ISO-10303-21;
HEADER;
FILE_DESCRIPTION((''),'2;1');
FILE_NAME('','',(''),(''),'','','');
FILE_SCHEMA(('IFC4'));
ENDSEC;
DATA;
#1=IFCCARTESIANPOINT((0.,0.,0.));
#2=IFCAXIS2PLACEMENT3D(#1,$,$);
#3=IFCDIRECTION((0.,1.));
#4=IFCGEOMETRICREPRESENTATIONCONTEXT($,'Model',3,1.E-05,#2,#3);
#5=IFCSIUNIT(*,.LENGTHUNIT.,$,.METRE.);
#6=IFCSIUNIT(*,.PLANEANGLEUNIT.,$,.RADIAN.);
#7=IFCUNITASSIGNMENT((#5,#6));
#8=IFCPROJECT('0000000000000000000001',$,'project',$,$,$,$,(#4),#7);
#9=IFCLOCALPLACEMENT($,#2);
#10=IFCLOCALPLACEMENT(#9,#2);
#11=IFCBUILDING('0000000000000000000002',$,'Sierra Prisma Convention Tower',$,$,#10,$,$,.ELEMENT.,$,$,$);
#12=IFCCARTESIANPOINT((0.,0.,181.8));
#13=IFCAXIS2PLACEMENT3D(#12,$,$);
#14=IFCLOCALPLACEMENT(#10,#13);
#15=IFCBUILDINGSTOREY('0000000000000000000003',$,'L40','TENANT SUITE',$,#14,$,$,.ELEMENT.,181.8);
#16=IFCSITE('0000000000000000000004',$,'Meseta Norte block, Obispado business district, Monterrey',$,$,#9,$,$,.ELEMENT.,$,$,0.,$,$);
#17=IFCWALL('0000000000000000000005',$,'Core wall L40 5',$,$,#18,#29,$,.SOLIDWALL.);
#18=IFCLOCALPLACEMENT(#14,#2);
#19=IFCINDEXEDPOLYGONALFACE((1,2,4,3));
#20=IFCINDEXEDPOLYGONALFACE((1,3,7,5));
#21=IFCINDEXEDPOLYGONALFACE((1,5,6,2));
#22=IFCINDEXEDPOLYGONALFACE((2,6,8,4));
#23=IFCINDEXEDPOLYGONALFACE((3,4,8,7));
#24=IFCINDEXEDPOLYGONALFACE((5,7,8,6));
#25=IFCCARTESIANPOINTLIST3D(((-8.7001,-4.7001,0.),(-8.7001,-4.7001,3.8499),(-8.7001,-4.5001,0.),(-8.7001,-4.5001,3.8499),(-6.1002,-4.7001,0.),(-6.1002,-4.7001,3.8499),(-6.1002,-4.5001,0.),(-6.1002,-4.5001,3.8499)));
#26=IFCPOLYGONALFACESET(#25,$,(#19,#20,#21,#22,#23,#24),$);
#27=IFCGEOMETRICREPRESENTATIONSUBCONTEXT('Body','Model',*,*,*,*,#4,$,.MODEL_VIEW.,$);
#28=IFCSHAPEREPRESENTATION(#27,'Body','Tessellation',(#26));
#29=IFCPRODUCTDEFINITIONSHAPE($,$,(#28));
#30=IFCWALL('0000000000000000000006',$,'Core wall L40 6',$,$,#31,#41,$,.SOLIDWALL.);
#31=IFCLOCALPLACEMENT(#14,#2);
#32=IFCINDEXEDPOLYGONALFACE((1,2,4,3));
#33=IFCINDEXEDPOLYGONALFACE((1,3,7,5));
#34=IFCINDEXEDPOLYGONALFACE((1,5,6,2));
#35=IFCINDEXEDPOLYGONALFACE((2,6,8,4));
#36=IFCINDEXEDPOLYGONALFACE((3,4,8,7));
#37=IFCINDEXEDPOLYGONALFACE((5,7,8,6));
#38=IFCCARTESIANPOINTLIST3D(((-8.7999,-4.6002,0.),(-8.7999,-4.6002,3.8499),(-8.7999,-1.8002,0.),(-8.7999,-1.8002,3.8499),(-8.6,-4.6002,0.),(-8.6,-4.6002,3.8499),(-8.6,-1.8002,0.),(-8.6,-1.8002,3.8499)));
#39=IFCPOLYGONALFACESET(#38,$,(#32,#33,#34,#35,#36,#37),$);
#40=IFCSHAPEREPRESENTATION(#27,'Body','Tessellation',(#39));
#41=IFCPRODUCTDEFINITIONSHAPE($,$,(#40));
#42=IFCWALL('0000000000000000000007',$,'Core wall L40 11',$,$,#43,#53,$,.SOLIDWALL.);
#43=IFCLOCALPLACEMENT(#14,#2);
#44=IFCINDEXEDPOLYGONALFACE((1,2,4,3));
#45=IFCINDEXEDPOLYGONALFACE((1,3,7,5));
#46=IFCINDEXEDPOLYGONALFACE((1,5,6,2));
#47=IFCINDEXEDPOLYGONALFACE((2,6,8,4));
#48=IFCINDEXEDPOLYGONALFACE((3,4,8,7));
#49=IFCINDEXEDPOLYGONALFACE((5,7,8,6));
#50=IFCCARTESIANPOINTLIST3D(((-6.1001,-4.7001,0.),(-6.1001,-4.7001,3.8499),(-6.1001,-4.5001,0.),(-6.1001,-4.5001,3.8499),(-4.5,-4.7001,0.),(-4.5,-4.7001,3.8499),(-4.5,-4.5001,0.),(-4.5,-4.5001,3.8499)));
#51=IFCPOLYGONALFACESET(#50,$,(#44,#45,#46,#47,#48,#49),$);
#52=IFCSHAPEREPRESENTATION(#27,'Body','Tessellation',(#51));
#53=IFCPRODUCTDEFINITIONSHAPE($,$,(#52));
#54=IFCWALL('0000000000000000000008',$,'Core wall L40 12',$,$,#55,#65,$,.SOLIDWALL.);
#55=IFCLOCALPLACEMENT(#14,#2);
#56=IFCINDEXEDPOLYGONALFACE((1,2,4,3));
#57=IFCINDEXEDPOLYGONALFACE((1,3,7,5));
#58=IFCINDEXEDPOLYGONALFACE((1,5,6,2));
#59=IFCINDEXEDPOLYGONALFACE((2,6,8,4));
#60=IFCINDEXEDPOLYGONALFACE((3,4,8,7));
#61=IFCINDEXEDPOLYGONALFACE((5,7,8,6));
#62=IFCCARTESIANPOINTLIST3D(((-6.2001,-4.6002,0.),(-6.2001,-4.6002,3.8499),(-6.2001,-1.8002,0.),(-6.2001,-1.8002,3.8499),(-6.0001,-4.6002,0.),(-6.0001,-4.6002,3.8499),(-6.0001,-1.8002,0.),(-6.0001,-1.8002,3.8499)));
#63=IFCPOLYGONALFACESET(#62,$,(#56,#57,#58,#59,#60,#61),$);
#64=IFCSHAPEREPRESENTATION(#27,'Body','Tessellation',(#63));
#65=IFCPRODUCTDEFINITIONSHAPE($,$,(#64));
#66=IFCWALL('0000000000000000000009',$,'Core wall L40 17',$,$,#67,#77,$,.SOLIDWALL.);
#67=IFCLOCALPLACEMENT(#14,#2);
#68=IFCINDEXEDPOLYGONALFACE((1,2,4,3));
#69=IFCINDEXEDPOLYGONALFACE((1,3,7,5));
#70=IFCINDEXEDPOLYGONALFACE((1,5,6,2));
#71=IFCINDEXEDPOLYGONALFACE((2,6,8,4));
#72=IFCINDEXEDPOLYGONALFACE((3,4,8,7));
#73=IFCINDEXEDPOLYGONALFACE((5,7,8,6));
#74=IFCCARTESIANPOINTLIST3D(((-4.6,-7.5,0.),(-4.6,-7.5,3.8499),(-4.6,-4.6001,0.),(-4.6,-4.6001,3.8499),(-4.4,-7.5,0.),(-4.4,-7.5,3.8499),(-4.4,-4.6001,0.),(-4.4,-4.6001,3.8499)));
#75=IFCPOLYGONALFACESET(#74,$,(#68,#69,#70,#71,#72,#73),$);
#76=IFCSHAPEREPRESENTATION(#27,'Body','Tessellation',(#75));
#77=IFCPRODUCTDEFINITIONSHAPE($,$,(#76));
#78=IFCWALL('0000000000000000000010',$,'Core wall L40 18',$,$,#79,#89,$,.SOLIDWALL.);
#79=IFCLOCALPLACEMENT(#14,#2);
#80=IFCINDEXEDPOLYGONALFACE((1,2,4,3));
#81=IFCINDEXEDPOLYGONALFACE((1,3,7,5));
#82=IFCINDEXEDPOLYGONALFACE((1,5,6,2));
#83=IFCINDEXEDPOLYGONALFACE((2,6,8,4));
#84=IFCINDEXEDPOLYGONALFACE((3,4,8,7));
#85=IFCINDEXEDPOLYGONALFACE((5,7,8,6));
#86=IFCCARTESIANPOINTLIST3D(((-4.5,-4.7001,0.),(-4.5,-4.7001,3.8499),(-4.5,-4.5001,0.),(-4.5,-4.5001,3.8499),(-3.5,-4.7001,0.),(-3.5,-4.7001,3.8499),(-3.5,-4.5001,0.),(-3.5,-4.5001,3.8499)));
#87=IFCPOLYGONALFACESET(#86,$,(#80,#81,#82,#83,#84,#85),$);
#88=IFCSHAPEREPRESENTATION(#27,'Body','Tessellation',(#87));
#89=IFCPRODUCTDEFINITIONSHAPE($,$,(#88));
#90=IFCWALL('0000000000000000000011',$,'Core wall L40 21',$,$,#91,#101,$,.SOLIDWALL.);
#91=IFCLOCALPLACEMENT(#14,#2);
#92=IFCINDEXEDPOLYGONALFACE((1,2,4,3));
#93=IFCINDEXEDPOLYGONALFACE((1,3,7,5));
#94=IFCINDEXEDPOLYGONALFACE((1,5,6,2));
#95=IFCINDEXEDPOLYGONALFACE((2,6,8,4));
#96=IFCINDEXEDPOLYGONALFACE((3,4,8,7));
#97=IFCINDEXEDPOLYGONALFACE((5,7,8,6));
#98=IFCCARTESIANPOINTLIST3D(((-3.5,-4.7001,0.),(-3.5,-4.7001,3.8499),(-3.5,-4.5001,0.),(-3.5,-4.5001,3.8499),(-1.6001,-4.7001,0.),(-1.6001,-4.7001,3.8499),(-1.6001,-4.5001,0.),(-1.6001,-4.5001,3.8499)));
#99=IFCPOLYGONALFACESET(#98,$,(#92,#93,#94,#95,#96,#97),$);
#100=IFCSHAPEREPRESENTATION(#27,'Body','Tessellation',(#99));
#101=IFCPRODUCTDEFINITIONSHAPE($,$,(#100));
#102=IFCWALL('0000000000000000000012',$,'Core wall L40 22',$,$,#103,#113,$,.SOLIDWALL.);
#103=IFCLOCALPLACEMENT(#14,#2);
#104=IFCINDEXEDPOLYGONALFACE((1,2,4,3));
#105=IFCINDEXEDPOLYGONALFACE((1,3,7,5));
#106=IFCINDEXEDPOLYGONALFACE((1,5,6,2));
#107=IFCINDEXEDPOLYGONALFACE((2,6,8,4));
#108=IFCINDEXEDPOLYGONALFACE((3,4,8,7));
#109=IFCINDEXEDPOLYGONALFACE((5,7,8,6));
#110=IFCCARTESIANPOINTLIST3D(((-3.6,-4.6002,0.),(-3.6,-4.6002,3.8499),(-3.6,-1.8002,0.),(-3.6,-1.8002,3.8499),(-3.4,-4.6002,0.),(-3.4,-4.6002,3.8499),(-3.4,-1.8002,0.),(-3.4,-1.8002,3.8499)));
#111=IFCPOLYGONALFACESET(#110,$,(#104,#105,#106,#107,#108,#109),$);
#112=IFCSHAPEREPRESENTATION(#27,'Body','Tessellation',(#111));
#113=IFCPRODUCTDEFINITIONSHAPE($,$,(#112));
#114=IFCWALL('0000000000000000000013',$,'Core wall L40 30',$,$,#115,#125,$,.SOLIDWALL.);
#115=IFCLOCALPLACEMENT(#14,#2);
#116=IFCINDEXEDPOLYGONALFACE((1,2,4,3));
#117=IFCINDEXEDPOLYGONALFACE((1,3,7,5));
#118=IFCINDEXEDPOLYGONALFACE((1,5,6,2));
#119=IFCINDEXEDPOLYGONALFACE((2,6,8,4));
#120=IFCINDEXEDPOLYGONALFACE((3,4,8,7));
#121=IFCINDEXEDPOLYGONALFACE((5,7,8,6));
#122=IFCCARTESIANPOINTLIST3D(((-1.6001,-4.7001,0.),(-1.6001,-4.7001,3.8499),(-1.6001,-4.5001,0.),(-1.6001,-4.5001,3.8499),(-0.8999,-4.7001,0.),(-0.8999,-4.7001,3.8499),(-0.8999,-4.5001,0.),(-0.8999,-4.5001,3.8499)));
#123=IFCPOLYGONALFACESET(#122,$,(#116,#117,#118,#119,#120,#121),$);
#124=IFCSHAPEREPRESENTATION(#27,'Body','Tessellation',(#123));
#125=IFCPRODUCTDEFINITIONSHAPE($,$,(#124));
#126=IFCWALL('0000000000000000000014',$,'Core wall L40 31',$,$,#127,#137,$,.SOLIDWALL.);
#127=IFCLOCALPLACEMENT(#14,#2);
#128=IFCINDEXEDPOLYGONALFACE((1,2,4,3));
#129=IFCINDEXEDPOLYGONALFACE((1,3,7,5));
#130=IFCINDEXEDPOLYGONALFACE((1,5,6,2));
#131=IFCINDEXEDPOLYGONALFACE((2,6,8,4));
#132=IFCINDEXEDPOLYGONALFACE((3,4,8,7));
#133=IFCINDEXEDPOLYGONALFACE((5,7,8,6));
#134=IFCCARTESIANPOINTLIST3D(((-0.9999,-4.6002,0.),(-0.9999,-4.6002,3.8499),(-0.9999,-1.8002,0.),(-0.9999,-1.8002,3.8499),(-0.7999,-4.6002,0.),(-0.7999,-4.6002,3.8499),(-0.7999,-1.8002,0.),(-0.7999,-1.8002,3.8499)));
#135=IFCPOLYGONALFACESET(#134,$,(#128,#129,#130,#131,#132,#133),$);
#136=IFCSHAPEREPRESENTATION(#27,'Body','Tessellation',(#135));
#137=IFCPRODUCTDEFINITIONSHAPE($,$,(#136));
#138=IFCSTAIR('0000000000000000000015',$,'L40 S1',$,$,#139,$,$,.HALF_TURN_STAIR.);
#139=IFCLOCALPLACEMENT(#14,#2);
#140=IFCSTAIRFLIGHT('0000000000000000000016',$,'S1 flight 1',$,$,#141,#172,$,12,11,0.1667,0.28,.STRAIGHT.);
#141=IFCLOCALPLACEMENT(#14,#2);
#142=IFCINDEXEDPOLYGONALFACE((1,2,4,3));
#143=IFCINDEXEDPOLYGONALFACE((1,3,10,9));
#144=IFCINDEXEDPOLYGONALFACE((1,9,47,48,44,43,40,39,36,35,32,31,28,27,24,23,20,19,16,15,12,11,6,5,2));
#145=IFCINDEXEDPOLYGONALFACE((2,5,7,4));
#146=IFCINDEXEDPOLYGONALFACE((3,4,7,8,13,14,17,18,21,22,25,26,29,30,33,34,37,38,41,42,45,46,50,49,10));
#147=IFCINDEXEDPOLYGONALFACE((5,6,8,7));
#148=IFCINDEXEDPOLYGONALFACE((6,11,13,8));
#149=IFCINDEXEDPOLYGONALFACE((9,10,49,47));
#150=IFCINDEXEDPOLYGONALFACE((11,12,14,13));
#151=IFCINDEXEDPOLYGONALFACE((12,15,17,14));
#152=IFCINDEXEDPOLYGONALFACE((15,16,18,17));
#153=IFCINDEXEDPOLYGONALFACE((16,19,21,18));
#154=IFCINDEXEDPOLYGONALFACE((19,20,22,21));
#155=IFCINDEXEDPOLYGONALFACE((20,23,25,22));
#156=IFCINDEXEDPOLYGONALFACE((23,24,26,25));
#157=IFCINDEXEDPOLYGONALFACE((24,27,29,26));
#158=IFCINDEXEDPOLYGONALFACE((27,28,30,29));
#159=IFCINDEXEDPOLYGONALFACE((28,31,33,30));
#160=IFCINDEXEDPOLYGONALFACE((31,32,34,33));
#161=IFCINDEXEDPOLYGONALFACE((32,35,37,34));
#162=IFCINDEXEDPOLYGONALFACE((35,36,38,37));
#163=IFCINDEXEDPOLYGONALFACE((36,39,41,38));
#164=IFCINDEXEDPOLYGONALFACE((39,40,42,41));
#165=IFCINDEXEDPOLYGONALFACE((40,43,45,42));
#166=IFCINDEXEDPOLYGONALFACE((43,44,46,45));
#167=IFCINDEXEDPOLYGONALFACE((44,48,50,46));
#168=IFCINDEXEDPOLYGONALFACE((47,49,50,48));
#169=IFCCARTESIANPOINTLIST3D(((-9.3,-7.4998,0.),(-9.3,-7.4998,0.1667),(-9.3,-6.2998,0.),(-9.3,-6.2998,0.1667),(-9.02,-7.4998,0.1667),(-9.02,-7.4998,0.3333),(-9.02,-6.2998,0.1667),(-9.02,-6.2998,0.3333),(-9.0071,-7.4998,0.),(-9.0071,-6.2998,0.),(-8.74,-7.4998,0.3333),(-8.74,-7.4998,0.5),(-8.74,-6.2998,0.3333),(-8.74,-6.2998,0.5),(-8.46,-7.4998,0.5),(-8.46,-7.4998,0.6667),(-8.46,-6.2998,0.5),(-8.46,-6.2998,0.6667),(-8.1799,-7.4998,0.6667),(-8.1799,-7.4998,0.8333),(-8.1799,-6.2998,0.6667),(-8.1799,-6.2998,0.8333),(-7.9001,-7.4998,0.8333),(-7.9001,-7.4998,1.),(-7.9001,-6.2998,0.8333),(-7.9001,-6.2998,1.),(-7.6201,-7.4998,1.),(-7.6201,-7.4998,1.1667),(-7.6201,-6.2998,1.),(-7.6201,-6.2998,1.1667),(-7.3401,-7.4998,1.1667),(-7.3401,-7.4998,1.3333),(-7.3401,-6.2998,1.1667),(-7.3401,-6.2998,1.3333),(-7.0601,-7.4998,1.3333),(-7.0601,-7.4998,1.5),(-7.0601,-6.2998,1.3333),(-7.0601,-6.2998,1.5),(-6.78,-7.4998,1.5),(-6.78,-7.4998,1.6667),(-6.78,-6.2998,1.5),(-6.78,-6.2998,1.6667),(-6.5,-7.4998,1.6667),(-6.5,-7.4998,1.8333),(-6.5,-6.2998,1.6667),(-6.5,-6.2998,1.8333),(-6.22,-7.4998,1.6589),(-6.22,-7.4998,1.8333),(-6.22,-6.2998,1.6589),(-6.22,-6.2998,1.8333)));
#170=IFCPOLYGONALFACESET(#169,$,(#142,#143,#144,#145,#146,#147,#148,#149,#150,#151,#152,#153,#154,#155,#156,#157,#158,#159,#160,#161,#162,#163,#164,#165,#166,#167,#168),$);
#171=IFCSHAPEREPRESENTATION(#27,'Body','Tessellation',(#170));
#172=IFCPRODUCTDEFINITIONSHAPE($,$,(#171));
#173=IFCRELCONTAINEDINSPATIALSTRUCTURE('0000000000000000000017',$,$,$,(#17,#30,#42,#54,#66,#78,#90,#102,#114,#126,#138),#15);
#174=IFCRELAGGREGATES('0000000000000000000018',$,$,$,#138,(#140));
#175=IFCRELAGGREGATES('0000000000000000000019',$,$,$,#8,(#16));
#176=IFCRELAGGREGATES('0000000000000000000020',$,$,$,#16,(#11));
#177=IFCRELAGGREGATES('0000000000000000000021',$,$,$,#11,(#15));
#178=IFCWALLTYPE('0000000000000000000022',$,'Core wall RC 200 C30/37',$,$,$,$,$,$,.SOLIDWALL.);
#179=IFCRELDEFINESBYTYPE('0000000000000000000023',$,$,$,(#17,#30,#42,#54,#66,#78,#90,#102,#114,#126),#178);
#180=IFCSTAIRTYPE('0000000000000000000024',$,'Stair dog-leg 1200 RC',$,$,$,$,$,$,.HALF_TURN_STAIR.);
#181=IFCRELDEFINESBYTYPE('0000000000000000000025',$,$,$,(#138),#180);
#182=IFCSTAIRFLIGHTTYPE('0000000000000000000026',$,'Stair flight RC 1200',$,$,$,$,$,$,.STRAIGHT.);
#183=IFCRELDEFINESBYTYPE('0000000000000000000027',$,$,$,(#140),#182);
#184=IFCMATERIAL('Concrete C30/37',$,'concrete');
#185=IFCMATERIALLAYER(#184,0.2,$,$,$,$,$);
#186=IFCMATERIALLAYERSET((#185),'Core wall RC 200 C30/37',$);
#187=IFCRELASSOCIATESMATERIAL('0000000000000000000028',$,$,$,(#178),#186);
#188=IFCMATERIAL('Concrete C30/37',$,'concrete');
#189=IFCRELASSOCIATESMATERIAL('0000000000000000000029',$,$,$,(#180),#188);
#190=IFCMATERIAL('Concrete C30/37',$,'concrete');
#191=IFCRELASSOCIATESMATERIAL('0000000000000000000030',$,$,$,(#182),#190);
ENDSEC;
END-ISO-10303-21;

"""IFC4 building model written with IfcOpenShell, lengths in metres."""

from ifc_helpers import new_model, si_unit, direction, frame, frame_2d, origin, place, context, subcontext, project, spatial, polyline, rectangle, outline, extrude, material, layer, layer_set, type_object, element, aggregate, save


model = new_model("IFC4")

# Units and contexts
model_context = context("Model", 3, precision=1e-05, world=origin(), true_north=direction((0.0, 1.0)))
body_context = subcontext(model_context, "Body", "Model", "MODEL_VIEW")
ifc_project = project(units=[si_unit("LENGTHUNIT", "METRE"), si_unit("PLANEANGLEUNIT", "RADIAN")], contexts=[model_context])

# Site, building, storey
site_placement = place(None, origin())
site = spatial("IfcSite", under=ifc_project, at=site_placement, Name="Meseta Norte block, Obispado business district, Monterrey", CompositionType="ELEMENT", RefElevation=0.0)
building_placement = place(site_placement, origin())
building = spatial("IfcBuilding", under=site, at=building_placement, Name="Sierra Prisma Convention Tower", CompositionType="ELEMENT")
storey_placement = place(building_placement, frame((0.0, 0.0, 181.8)))
storey = spatial("IfcBuildingStorey", under=building, at=storey_placement, Name="L40", Description="TENANT SUITE", CompositionType="ELEMENT", Elevation=181.8)

# Shared definitions
ifc_material_1 = material(Name="Concrete C30/37", Category="concrete")
ifc_layer = layer(ifc_material_1, 0.2)
ifc_layer_set = layer_set([ifc_layer], Name="Core wall RC 200 C30/37")
wall_type = type_object("IfcWallType", Name="Core wall RC 200 C30/37", PredefinedType="SOLIDWALL", material=ifc_layer_set)

# Walls
wall_1_placement = place(storey_placement, frame((-8.7, -4.6001, 0.0), z_axis=(0.0, 0.0, 1.0), x_axis=(1.0, 0.0, 0.0)))
element("IfcWall", 1, at=wall_1_placement, inside=storey, type_object=wall_type, Name="Core wall L40 5", PredefinedType="SOLIDWALL", context=body_context, shape_type="SweptSolid", body=[
    extrude(rectangle(XDim=2.5999, YDim=0.2, at=frame_2d((1.2998, 0.0))), origin(), (0.0, 0.0, 1.0), 3.8499),
])
wall_2_placement = place(storey_placement, frame((-8.7, -4.6001, 0.0), z_axis=(0.0, 0.0, 1.0), x_axis=(0.0, 1.0, 0.0)))
element("IfcWall", 2, at=wall_2_placement, inside=storey, type_object=wall_type, Name="Core wall L40 6", PredefinedType="SOLIDWALL", context=body_context, shape_type="SweptSolid", body=[
    extrude(rectangle(XDim=2.8, YDim=0.2, at=frame_2d((1.3999, 0.0))), origin(), (0.0, 0.0, 1.0), 3.8499),
])

# Walls
wall_3_placement = place(storey_placement, frame((-6.1001, -4.6001, 0.0), z_axis=(0.0, 0.0, 1.0), x_axis=(1.0, 0.0, 0.0)))
element("IfcWall", 3, at=wall_3_placement, inside=storey, type_object=wall_type, Name="Core wall L40 11", PredefinedType="SOLIDWALL", context=body_context, shape_type="SweptSolid", body=[
    extrude(rectangle(XDim=1.6001, YDim=0.2, at=frame_2d((0.8, 0.0))), origin(), (0.0, 0.0, 1.0), 3.8499),
])
wall_4_placement = place(storey_placement, frame((-6.1001, -4.6001, 0.0), z_axis=(0.0, 0.0, 1.0), x_axis=(0.0, 1.0, 0.0)))
element("IfcWall", 4, at=wall_4_placement, inside=storey, type_object=wall_type, Name="Core wall L40 12", PredefinedType="SOLIDWALL", context=body_context, shape_type="SweptSolid", body=[
    extrude(rectangle(XDim=2.8, YDim=0.2, at=frame_2d((1.3999, 0.0))), origin(), (0.0, 0.0, 1.0), 3.8499),
])
wall_5_placement = place(storey_placement, frame((-4.5, -4.6001, 0.0), z_axis=(0.0, 0.0, 1.0), x_axis=(0.0, -1.0, 0.0)))
element("IfcWall", 5, at=wall_5_placement, inside=storey, type_object=wall_type, Name="Core wall L40 17", PredefinedType="SOLIDWALL", context=body_context, shape_type="SweptSolid", body=[
    extrude(rectangle(XDim=2.8999, YDim=0.2, at=frame_2d((1.45, 0.0))), origin(), (0.0, 0.0, 1.0), 3.8499),
])
wall_6_placement = place(storey_placement, frame((-4.5, -4.6001, 0.0), z_axis=(0.0, 0.0, 1.0), x_axis=(1.0, 0.0, 0.0)))
element("IfcWall", 6, at=wall_6_placement, inside=storey, type_object=wall_type, Name="Core wall L40 18", PredefinedType="SOLIDWALL", context=body_context, shape_type="SweptSolid", body=[
    extrude(rectangle(XDim=1.0, YDim=0.2, at=frame_2d((0.5, 0.0))), origin(), (0.0, 0.0, 1.0), 3.8499),
])
wall_7_placement = place(storey_placement, frame((-3.5, -4.6001, 0.0), z_axis=(0.0, 0.0, 1.0), x_axis=(1.0, 0.0, 0.0)))
element("IfcWall", 7, at=wall_7_placement, inside=storey, type_object=wall_type, Name="Core wall L40 21", PredefinedType="SOLIDWALL", context=body_context, shape_type="SweptSolid", body=[
    extrude(rectangle(XDim=1.8999, YDim=0.2, at=frame_2d((0.95, 0.0))), origin(), (0.0, 0.0, 1.0), 3.8499),
])
wall_8_placement = place(storey_placement, frame((-3.5, -4.6001, 0.0), z_axis=(0.0, 0.0, 1.0), x_axis=(0.0, 1.0, 0.0)))
element("IfcWall", 8, at=wall_8_placement, inside=storey, type_object=wall_type, Name="Core wall L40 22", PredefinedType="SOLIDWALL", context=body_context, shape_type="SweptSolid", body=[
    extrude(rectangle(XDim=2.8, YDim=0.2, at=frame_2d((1.3999, 0.0))), origin(), (0.0, 0.0, 1.0), 3.8499),
])
wall_9_placement = place(storey_placement, frame((-1.6001, -4.6001, 0.0), z_axis=(0.0, 0.0, 1.0), x_axis=(1.0, 0.0, 0.0)))
element("IfcWall", 9, at=wall_9_placement, inside=storey, type_object=wall_type, Name="Core wall L40 30", PredefinedType="SOLIDWALL", context=body_context, shape_type="SweptSolid", body=[
    extrude(rectangle(XDim=0.7002, YDim=0.2, at=frame_2d((0.3501, 0.0))), origin(), (0.0, 0.0, 1.0), 3.8499),
])
wall_10_placement = place(storey_placement, frame((-0.8999, -4.6001, 0.0), z_axis=(0.0, 0.0, 1.0), x_axis=(0.0, 1.0, 0.0)))
element("IfcWall", 10, at=wall_10_placement, inside=storey, type_object=wall_type, Name="Core wall L40 31", PredefinedType="SOLIDWALL", context=body_context, shape_type="SweptSolid", body=[
    extrude(rectangle(XDim=2.8, YDim=0.2, at=frame_2d((1.3999, 0.0))), origin(), (0.0, 0.0, 1.0), 3.8499),
])

# Stair, stair flight
ifc_material_2 = material(Name="Concrete C30/37", Category="concrete")
stair_type = type_object("IfcStairType", Name="Stair dog-leg 1200 RC", PredefinedType="HALF_TURN_STAIR", material=ifc_material_2)
stair_placement = place(storey_placement, origin())
stair = element("IfcStair", 11, at=stair_placement, inside=storey, type_object=stair_type, Name="L40 S1", PredefinedType="HALF_TURN_STAIR")
ifc_material_3 = material(Name="Concrete C30/37", Category="concrete")
stair_flight_type = type_object("IfcStairFlightType", Name="Stair flight RC 1200", PredefinedType="STRAIGHT", material=ifc_material_3)
stair_flight_1_placement = place(storey_placement, frame((-9.3, -6.8999, 0.0), z_axis=(0.0, 0.0, 1.0), x_axis=(1.0, 0.0, 0.0)))
stair_flight_1 = element("IfcStairFlight", 12, at=stair_flight_1_placement, type_object=stair_flight_type, Name="S1 flight 1", NumberOfRisers=12, NumberOfTreads=11, PredefinedType="STRAIGHT", RiserHeight=0.1667, TreadLength=0.28, context=body_context, shape_type="SweptSolid", body=[
    extrude(outline(polyline([(0.0, 0.0), (0.0, 0.1667), (0.28, 0.1667), (0.28, 0.3333), (0.5601, 0.3333), (0.5601, 0.5), (0.8401, 0.5), (0.8401, 0.6667), (1.1201, 0.6667), (1.1201, 0.8333), (1.3999, 0.8333), (1.3999, 1.0), (1.6799, 1.0), (1.6799, 1.1667), (1.96, 1.1667), (1.96, 1.3333), (2.24, 1.3333), (2.24, 1.5), (2.52, 1.5), (2.52, 1.6667), (2.8, 1.6667), (2.8, 1.8333), (3.0801, 1.8333), (3.0801, 2.0), (3.0801, 1.6589), (0.293, 0.0), (0.0, 0.0)])), frame((0.0, 0.6001, 0.0), z_axis=(0.0, -1.0, 0.0), x_axis=(1.0, 0.0, 0.0)), (0.0, 0.0, 1.0), 1.2),
])
aggregate(stair, [stair_flight_1])

save(model, "model.ifc")
